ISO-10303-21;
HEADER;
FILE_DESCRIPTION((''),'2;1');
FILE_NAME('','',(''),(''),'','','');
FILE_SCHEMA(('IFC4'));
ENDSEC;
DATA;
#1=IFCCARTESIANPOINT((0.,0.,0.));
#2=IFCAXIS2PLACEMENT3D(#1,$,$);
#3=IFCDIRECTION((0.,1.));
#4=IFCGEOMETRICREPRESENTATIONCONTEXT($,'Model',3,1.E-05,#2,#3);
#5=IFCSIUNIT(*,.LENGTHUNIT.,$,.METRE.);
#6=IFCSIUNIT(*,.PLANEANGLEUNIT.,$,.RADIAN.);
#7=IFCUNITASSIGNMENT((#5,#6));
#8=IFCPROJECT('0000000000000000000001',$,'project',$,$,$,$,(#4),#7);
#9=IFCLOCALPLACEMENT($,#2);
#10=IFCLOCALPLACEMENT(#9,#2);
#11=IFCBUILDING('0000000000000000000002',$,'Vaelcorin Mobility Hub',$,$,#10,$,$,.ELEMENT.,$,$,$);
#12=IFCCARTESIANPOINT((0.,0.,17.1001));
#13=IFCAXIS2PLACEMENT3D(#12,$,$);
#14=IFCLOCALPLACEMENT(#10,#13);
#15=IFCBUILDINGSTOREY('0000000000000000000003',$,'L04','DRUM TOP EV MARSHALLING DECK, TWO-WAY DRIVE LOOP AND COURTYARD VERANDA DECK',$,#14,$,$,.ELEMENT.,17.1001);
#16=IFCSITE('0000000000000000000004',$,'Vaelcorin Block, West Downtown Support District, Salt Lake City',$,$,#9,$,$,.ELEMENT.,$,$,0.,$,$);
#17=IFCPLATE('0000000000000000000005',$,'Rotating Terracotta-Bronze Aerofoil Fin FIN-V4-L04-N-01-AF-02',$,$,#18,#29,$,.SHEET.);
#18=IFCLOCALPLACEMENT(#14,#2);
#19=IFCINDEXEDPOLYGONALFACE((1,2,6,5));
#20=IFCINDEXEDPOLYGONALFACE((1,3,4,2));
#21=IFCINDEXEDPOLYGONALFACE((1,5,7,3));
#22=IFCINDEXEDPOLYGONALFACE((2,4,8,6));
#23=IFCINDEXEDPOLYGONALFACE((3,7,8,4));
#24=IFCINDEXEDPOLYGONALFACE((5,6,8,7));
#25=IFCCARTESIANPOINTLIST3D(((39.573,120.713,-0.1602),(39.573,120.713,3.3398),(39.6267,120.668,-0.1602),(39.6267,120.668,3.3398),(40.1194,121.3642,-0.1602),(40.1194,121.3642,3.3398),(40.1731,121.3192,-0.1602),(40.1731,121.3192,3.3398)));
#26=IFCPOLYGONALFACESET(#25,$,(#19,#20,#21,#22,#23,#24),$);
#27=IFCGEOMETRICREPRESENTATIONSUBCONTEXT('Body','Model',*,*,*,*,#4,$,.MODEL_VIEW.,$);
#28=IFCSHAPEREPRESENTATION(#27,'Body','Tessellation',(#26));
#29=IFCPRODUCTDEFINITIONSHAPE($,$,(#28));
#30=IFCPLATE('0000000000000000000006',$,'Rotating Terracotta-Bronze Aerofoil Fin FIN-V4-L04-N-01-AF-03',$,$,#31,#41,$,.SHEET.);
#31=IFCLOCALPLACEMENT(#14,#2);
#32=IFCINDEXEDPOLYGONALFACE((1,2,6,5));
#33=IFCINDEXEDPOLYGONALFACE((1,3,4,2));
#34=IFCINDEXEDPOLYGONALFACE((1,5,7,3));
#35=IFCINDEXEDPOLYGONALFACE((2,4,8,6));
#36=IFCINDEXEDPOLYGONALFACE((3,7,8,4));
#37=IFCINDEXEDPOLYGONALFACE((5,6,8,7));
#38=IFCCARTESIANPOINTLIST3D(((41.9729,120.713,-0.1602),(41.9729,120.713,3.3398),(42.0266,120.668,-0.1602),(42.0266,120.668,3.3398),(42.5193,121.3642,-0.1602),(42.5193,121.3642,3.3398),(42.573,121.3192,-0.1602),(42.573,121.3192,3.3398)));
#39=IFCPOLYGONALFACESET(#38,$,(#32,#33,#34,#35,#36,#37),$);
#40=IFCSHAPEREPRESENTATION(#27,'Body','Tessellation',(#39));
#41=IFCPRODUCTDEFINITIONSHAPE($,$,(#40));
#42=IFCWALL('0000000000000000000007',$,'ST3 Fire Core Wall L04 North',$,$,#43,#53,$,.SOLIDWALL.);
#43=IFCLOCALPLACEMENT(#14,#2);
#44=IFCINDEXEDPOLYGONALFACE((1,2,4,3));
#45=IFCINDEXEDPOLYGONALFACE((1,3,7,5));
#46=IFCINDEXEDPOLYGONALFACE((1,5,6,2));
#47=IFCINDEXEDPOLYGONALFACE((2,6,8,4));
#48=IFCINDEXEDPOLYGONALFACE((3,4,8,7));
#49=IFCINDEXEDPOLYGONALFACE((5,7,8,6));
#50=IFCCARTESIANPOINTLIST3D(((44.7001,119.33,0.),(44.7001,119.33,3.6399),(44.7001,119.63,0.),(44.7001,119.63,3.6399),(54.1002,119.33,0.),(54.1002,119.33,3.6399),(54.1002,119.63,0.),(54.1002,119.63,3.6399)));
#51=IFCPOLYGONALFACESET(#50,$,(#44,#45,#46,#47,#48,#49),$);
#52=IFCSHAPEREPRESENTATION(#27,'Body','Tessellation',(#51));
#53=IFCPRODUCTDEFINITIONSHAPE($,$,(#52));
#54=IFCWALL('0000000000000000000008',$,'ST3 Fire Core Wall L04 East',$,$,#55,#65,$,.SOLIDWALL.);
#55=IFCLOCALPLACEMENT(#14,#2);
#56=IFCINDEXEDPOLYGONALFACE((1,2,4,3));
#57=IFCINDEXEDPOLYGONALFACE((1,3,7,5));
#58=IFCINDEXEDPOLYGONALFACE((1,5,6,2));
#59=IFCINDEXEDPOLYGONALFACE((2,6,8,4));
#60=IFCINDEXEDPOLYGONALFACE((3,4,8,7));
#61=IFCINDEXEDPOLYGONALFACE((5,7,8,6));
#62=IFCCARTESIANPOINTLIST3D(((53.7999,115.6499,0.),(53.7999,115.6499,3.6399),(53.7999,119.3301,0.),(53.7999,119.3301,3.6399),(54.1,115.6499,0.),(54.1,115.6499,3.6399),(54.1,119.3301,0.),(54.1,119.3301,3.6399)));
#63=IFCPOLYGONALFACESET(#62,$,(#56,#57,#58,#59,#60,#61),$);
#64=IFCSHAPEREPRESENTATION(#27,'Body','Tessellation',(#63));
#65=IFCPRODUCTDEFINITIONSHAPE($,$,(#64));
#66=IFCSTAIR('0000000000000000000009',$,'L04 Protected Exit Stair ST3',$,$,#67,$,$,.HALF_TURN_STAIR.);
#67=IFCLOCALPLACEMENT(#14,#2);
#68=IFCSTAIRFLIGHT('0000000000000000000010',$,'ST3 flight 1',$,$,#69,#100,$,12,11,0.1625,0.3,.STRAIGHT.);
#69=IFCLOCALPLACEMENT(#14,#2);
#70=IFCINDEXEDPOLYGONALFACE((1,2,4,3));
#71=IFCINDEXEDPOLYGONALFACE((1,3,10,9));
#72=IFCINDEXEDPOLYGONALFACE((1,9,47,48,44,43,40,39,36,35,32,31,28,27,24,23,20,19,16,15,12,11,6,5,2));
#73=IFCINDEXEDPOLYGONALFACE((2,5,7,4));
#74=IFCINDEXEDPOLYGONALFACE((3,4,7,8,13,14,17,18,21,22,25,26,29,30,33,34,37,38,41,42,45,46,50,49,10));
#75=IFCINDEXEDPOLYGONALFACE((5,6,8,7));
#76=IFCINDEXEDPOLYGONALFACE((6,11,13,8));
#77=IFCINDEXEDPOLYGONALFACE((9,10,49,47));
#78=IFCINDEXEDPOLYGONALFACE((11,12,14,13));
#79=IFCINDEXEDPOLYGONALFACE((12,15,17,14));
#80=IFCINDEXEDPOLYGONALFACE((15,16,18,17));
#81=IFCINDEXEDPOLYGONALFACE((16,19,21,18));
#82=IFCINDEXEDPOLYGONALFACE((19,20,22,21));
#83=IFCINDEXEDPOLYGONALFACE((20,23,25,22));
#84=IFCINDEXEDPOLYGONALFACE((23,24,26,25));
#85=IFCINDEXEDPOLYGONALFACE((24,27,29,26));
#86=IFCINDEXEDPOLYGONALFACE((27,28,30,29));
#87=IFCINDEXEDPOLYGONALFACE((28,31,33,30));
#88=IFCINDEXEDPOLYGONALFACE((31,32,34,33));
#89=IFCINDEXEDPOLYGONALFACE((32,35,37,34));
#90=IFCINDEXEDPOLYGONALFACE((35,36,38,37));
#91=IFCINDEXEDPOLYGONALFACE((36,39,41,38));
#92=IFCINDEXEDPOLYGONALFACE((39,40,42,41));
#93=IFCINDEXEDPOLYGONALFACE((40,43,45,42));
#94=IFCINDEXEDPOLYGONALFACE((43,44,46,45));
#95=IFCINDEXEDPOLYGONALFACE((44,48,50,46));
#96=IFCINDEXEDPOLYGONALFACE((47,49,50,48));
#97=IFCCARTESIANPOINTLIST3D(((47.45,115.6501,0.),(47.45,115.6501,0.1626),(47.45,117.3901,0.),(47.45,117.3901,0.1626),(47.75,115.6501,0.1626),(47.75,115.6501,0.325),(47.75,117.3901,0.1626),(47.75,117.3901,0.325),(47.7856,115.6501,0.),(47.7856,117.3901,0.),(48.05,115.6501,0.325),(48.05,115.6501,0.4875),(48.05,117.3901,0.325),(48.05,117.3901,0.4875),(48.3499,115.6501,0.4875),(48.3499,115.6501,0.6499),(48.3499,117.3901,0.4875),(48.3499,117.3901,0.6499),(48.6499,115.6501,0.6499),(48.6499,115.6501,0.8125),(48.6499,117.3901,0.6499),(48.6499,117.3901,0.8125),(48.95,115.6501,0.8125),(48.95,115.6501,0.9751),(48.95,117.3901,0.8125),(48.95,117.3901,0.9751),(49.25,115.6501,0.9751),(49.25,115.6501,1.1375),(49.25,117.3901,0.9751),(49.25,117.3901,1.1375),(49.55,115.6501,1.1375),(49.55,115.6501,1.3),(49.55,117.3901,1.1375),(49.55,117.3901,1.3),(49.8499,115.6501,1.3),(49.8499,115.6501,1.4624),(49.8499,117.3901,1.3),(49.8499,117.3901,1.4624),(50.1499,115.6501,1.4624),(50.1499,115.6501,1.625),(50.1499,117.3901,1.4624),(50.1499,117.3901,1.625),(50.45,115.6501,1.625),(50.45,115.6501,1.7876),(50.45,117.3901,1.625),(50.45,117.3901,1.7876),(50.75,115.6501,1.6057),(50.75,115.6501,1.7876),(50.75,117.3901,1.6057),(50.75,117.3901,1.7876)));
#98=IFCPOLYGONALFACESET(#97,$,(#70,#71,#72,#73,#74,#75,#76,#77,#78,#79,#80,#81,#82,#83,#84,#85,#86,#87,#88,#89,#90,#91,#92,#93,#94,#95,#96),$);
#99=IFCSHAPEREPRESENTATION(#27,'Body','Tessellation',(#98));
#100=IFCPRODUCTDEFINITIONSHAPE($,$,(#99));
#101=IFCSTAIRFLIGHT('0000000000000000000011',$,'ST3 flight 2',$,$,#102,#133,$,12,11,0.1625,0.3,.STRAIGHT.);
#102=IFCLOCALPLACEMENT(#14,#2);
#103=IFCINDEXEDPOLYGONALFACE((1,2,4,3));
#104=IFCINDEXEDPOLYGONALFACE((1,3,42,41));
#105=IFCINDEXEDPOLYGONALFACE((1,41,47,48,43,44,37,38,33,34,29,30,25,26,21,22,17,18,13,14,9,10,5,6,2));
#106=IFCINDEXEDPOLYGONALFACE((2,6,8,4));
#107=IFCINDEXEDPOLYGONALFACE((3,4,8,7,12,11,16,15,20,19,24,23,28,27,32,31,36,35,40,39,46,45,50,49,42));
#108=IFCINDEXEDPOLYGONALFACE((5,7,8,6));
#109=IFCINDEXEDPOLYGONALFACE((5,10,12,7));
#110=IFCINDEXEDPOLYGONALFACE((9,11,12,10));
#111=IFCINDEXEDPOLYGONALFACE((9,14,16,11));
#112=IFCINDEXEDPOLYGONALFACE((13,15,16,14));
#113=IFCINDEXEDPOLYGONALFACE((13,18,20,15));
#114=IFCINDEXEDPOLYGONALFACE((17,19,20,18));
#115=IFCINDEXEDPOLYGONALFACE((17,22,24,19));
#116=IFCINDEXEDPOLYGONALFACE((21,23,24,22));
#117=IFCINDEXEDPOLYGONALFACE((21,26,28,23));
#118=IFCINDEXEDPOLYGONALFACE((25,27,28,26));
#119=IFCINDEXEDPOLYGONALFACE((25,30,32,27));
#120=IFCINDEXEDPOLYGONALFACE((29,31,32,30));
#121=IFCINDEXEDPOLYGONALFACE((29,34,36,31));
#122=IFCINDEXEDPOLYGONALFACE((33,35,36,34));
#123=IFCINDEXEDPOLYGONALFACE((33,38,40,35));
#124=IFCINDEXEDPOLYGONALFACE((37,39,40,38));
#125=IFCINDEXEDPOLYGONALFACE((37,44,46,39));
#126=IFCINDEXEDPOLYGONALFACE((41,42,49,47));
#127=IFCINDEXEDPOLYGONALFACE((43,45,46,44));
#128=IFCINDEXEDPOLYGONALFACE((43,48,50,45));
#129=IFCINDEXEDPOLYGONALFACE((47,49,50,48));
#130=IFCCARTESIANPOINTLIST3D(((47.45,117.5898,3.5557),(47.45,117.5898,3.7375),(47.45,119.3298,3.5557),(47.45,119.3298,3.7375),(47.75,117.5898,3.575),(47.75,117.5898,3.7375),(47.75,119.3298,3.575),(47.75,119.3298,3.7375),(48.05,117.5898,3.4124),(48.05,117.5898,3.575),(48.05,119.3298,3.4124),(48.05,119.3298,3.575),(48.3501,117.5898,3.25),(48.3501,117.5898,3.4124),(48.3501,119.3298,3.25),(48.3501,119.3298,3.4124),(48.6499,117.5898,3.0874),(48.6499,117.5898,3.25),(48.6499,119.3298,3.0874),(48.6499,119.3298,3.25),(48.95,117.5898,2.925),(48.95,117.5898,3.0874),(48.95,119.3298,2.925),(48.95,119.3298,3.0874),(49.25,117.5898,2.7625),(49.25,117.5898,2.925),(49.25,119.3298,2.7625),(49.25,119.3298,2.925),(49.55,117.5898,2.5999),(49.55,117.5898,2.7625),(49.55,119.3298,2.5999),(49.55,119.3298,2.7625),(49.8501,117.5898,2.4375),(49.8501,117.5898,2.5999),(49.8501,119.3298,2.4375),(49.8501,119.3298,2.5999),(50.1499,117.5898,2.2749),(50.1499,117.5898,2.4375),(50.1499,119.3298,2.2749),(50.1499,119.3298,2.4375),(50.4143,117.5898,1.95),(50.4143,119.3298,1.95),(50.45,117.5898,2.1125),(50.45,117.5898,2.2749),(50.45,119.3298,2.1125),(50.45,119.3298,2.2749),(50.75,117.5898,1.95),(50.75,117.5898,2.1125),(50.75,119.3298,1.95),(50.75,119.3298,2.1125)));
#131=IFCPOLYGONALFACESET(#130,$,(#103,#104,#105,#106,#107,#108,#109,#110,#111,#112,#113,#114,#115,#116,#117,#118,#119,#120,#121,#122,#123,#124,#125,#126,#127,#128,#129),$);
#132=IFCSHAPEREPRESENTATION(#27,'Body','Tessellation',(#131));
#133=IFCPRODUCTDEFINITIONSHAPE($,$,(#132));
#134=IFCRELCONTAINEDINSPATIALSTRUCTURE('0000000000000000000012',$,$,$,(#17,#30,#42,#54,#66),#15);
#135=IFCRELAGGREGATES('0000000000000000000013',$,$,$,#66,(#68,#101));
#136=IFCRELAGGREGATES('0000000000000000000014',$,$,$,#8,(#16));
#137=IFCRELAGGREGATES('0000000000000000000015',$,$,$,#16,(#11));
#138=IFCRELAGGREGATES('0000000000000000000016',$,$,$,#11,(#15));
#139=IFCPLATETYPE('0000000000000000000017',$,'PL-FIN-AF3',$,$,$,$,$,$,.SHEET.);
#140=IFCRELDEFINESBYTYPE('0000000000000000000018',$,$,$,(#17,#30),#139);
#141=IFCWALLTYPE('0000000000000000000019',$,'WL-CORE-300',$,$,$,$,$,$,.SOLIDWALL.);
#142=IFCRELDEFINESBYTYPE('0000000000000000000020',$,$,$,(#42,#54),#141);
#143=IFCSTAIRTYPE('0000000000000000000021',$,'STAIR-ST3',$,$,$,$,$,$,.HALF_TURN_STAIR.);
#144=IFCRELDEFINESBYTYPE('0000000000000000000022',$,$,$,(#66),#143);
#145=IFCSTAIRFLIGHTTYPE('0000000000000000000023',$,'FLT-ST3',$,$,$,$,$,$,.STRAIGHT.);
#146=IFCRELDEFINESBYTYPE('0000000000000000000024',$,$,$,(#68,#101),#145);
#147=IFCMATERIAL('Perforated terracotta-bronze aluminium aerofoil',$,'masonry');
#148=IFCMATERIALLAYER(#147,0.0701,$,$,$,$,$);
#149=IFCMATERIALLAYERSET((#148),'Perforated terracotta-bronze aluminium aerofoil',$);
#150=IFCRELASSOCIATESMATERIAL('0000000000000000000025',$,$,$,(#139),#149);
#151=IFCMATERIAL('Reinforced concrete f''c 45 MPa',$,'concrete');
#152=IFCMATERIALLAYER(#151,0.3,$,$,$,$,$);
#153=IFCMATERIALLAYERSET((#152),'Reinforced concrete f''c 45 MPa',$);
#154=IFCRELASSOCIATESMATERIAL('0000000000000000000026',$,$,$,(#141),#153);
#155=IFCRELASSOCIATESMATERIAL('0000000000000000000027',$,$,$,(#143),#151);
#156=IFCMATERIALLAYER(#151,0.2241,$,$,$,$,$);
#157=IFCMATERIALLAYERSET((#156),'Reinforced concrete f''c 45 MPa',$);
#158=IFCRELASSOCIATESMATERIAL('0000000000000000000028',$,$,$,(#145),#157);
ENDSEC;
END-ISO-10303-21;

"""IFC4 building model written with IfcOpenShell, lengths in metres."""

from ifc_helpers import new_model, si_unit, direction, frame, frame_2d, origin, origin_2d, place, context, subcontext, project, spatial, polyline, rectangle, outline, extrude, material, layer, layer_set, type_object, element, aggregate, save


model = new_model("IFC4")

# Units and contexts
model_context = context("Model", 3, precision=1e-05, world=origin(), true_north=direction((0.0, 1.0)))
body_context = subcontext(model_context, "Body", "Model", "MODEL_VIEW")
ifc_project = project(units=[si_unit("LENGTHUNIT", "METRE"), si_unit("PLANEANGLEUNIT", "RADIAN")], contexts=[model_context])

# Site, building, storey
site_placement = place(None, origin())
site = spatial("IfcSite", under=ifc_project, at=site_placement, Name="Vaelcorin Block, West Downtown Support District, Salt Lake City", CompositionType="ELEMENT", RefElevation=0.0)
building_placement = place(site_placement, origin())
building = spatial("IfcBuilding", under=site, at=building_placement, Name="Vaelcorin Mobility Hub", CompositionType="ELEMENT")
storey_placement = place(building_placement, frame((0.0, 0.0, 17.1001)))
storey = spatial("IfcBuildingStorey", under=building, at=storey_placement, Name="L04", Description="DRUM TOP EV MARSHALLING DECK, TWO-WAY DRIVE LOOP AND COURTYARD VERANDA DECK", CompositionType="ELEMENT", Elevation=17.1001)

# Plates
ifc_material_1 = material(Name="Perforated terracotta-bronze aluminium aerofoil", Category="masonry")
ifc_layer_1 = layer(ifc_material_1, 0.0701)
ifc_layer_set_1 = layer_set([ifc_layer_1], Name="Perforated terracotta-bronze aluminium aerofoil")
plate_type = type_object("IfcPlateType", Name="PL-FIN-AF3", PredefinedType="SHEET", material=ifc_layer_set_1)
for number, where, z_axis, x_axis, name in (
    (1, (39.873, 121.0161, -0.1602), (0.0, 0.0, 1.0), (0.642788, 0.766044, 0.0), "Rotating Terracotta-Bronze Aerofoil Fin FIN-V4-L04-N-01-AF-02"),
    (2, (42.2729, 121.0161, -0.1602), (0.0, 0.0, 1.0), (0.642788, 0.766044, 0.0), "Rotating Terracotta-Bronze Aerofoil Fin FIN-V4-L04-N-01-AF-03"),
):
    element("IfcPlate", number, at=place(storey_placement, frame(where, z_axis=z_axis, x_axis=x_axis)), inside=storey, type_object=plate_type, Name=name, PredefinedType="SHEET", context=body_context, shape_type="SweptSolid", body=[
        extrude(rectangle(XDim=0.8501, YDim=0.0701, at=origin_2d()), origin(), (0.0, 0.0, 1.0), 3.5),
    ])

# Walls
ifc_material_2 = material(Name="Reinforced concrete f'c 45 MPa", Category="concrete")
ifc_layer_2 = layer(ifc_material_2, 0.3)
ifc_layer_set_2 = layer_set([ifc_layer_2], Name="Reinforced concrete f'c 45 MPa")
wall_type = type_object("IfcWallType", Name="WL-CORE-300", PredefinedType="SOLIDWALL", material=ifc_layer_set_2)
wall_1_placement = place(storey_placement, frame((44.7, 119.48, 0.0), z_axis=(0.0, 0.0, 1.0), x_axis=(1.0, 0.0, 0.0)))
element("IfcWall", 3, at=wall_1_placement, inside=storey, type_object=wall_type, Name="ST3 Fire Core Wall L04 North", PredefinedType="SOLIDWALL", context=body_context, shape_type="SweptSolid", body=[
    extrude(rectangle(XDim=9.4001, YDim=0.3, at=frame_2d((4.7002, 0.0))), origin(), (0.0, 0.0, 1.0), 3.6399),
])
wall_2_placement = place(storey_placement, frame((53.95, 119.3301, 0.0), z_axis=(0.0, 0.0, 1.0), x_axis=(0.0, -1.0, 0.0)))
element("IfcWall", 4, at=wall_2_placement, inside=storey, type_object=wall_type, Name="ST3 Fire Core Wall L04 East", PredefinedType="SOLIDWALL", context=body_context, shape_type="SweptSolid", body=[
    extrude(rectangle(XDim=3.6802, YDim=0.3, at=frame_2d((1.8401, 0.0))), origin(), (0.0, 0.0, 1.0), 3.6399),
])

# Stair, stair flights
stair_type = type_object("IfcStairType", Name="STAIR-ST3", PredefinedType="HALF_TURN_STAIR", material=ifc_material_2)
stair_placement = place(storey_placement, origin())
stair = element("IfcStair", 5, at=stair_placement, inside=storey, type_object=stair_type, Name="L04 Protected Exit Stair ST3", PredefinedType="HALF_TURN_STAIR")
ifc_layer_3 = layer(ifc_material_2, 0.2241)
ifc_layer_set_3 = layer_set([ifc_layer_3], Name="Reinforced concrete f'c 45 MPa")
stair_flight_type = type_object("IfcStairFlightType", Name="FLT-ST3", PredefinedType="STRAIGHT", material=ifc_layer_set_3)
stair_flight_1_placement = place(storey_placement, frame((47.45, 116.52, 0.0), z_axis=(0.0, 0.0, 1.0), x_axis=(1.0, 0.0, 0.0)))
stair_flight_1 = element("IfcStairFlight", 6, at=stair_flight_1_placement, type_object=stair_flight_type, Name="ST3 flight 1", NumberOfRisers=12, NumberOfTreads=11, PredefinedType="STRAIGHT", RiserHeight=0.1625, TreadLength=0.3, context=body_context, shape_type="SweptSolid", body=[
    extrude(outline(polyline([(0.0, 0.0), (0.0, 0.1626), (0.3, 0.1626), (0.3, 0.325), (0.6001, 0.325), (0.6001, 0.4875), (0.8999, 0.4875), (0.8999, 0.6499), (1.2, 0.6499), (1.2, 0.8125), (1.5, 0.8125), (1.5, 0.9751), (1.8, 0.9751), (1.8, 1.1375), (2.1001, 1.1375), (2.1001, 1.3), (2.3999, 1.3), (2.3999, 1.4624), (2.7, 1.4624), (2.7, 1.625), (3.0, 1.625), (3.0, 1.7876), (3.3, 1.7876), (3.3, 1.95), (3.3, 1.6057), (0.3357, 0.0), (0.0, 0.0)])), frame((0.0, 0.8701, 0.0), z_axis=(0.0, -1.0, 0.0), x_axis=(1.0, 0.0, 0.0)), (0.0, 0.0, 1.0), 1.74),
])
stair_flight_2_placement = place(storey_placement, frame((50.75, 118.46, 1.95), z_axis=(0.0, 0.0, 1.0), x_axis=(-1.0, 0.0, 0.0)))
stair_flight_2 = element("IfcStairFlight", 7, at=stair_flight_2_placement, type_object=stair_flight_type, Name="ST3 flight 2", NumberOfRisers=12, NumberOfTreads=11, PredefinedType="STRAIGHT", RiserHeight=0.1625, TreadLength=0.3, context=body_context, shape_type="SweptSolid", body=[
    extrude(outline(polyline([(0.0, 0.0), (0.0, 0.1626), (0.3, 0.1626), (0.3, 0.325), (0.6001, 0.325), (0.6001, 0.4875), (0.8999, 0.4875), (0.8999, 0.6499), (1.2, 0.6499), (1.2, 0.8125), (1.5, 0.8125), (1.5, 0.9751), (1.8, 0.9751), (1.8, 1.1375), (2.1001, 1.1375), (2.1001, 1.3), (2.3999, 1.3), (2.3999, 1.4624), (2.7, 1.4624), (2.7, 1.625), (3.0, 1.625), (3.0, 1.7876), (3.3, 1.7876), (3.3, 1.95), (3.3, 1.6057), (0.3357, 0.0), (0.0, 0.0)])), frame((0.0, 0.8701, 0.0), z_axis=(0.0, -1.0, 0.0), x_axis=(1.0, 0.0, 0.0)), (0.0, 0.0, 1.0), 1.74),
])
aggregate(stair, [stair_flight_1, stair_flight_2])

save(model, "model.ifc")
